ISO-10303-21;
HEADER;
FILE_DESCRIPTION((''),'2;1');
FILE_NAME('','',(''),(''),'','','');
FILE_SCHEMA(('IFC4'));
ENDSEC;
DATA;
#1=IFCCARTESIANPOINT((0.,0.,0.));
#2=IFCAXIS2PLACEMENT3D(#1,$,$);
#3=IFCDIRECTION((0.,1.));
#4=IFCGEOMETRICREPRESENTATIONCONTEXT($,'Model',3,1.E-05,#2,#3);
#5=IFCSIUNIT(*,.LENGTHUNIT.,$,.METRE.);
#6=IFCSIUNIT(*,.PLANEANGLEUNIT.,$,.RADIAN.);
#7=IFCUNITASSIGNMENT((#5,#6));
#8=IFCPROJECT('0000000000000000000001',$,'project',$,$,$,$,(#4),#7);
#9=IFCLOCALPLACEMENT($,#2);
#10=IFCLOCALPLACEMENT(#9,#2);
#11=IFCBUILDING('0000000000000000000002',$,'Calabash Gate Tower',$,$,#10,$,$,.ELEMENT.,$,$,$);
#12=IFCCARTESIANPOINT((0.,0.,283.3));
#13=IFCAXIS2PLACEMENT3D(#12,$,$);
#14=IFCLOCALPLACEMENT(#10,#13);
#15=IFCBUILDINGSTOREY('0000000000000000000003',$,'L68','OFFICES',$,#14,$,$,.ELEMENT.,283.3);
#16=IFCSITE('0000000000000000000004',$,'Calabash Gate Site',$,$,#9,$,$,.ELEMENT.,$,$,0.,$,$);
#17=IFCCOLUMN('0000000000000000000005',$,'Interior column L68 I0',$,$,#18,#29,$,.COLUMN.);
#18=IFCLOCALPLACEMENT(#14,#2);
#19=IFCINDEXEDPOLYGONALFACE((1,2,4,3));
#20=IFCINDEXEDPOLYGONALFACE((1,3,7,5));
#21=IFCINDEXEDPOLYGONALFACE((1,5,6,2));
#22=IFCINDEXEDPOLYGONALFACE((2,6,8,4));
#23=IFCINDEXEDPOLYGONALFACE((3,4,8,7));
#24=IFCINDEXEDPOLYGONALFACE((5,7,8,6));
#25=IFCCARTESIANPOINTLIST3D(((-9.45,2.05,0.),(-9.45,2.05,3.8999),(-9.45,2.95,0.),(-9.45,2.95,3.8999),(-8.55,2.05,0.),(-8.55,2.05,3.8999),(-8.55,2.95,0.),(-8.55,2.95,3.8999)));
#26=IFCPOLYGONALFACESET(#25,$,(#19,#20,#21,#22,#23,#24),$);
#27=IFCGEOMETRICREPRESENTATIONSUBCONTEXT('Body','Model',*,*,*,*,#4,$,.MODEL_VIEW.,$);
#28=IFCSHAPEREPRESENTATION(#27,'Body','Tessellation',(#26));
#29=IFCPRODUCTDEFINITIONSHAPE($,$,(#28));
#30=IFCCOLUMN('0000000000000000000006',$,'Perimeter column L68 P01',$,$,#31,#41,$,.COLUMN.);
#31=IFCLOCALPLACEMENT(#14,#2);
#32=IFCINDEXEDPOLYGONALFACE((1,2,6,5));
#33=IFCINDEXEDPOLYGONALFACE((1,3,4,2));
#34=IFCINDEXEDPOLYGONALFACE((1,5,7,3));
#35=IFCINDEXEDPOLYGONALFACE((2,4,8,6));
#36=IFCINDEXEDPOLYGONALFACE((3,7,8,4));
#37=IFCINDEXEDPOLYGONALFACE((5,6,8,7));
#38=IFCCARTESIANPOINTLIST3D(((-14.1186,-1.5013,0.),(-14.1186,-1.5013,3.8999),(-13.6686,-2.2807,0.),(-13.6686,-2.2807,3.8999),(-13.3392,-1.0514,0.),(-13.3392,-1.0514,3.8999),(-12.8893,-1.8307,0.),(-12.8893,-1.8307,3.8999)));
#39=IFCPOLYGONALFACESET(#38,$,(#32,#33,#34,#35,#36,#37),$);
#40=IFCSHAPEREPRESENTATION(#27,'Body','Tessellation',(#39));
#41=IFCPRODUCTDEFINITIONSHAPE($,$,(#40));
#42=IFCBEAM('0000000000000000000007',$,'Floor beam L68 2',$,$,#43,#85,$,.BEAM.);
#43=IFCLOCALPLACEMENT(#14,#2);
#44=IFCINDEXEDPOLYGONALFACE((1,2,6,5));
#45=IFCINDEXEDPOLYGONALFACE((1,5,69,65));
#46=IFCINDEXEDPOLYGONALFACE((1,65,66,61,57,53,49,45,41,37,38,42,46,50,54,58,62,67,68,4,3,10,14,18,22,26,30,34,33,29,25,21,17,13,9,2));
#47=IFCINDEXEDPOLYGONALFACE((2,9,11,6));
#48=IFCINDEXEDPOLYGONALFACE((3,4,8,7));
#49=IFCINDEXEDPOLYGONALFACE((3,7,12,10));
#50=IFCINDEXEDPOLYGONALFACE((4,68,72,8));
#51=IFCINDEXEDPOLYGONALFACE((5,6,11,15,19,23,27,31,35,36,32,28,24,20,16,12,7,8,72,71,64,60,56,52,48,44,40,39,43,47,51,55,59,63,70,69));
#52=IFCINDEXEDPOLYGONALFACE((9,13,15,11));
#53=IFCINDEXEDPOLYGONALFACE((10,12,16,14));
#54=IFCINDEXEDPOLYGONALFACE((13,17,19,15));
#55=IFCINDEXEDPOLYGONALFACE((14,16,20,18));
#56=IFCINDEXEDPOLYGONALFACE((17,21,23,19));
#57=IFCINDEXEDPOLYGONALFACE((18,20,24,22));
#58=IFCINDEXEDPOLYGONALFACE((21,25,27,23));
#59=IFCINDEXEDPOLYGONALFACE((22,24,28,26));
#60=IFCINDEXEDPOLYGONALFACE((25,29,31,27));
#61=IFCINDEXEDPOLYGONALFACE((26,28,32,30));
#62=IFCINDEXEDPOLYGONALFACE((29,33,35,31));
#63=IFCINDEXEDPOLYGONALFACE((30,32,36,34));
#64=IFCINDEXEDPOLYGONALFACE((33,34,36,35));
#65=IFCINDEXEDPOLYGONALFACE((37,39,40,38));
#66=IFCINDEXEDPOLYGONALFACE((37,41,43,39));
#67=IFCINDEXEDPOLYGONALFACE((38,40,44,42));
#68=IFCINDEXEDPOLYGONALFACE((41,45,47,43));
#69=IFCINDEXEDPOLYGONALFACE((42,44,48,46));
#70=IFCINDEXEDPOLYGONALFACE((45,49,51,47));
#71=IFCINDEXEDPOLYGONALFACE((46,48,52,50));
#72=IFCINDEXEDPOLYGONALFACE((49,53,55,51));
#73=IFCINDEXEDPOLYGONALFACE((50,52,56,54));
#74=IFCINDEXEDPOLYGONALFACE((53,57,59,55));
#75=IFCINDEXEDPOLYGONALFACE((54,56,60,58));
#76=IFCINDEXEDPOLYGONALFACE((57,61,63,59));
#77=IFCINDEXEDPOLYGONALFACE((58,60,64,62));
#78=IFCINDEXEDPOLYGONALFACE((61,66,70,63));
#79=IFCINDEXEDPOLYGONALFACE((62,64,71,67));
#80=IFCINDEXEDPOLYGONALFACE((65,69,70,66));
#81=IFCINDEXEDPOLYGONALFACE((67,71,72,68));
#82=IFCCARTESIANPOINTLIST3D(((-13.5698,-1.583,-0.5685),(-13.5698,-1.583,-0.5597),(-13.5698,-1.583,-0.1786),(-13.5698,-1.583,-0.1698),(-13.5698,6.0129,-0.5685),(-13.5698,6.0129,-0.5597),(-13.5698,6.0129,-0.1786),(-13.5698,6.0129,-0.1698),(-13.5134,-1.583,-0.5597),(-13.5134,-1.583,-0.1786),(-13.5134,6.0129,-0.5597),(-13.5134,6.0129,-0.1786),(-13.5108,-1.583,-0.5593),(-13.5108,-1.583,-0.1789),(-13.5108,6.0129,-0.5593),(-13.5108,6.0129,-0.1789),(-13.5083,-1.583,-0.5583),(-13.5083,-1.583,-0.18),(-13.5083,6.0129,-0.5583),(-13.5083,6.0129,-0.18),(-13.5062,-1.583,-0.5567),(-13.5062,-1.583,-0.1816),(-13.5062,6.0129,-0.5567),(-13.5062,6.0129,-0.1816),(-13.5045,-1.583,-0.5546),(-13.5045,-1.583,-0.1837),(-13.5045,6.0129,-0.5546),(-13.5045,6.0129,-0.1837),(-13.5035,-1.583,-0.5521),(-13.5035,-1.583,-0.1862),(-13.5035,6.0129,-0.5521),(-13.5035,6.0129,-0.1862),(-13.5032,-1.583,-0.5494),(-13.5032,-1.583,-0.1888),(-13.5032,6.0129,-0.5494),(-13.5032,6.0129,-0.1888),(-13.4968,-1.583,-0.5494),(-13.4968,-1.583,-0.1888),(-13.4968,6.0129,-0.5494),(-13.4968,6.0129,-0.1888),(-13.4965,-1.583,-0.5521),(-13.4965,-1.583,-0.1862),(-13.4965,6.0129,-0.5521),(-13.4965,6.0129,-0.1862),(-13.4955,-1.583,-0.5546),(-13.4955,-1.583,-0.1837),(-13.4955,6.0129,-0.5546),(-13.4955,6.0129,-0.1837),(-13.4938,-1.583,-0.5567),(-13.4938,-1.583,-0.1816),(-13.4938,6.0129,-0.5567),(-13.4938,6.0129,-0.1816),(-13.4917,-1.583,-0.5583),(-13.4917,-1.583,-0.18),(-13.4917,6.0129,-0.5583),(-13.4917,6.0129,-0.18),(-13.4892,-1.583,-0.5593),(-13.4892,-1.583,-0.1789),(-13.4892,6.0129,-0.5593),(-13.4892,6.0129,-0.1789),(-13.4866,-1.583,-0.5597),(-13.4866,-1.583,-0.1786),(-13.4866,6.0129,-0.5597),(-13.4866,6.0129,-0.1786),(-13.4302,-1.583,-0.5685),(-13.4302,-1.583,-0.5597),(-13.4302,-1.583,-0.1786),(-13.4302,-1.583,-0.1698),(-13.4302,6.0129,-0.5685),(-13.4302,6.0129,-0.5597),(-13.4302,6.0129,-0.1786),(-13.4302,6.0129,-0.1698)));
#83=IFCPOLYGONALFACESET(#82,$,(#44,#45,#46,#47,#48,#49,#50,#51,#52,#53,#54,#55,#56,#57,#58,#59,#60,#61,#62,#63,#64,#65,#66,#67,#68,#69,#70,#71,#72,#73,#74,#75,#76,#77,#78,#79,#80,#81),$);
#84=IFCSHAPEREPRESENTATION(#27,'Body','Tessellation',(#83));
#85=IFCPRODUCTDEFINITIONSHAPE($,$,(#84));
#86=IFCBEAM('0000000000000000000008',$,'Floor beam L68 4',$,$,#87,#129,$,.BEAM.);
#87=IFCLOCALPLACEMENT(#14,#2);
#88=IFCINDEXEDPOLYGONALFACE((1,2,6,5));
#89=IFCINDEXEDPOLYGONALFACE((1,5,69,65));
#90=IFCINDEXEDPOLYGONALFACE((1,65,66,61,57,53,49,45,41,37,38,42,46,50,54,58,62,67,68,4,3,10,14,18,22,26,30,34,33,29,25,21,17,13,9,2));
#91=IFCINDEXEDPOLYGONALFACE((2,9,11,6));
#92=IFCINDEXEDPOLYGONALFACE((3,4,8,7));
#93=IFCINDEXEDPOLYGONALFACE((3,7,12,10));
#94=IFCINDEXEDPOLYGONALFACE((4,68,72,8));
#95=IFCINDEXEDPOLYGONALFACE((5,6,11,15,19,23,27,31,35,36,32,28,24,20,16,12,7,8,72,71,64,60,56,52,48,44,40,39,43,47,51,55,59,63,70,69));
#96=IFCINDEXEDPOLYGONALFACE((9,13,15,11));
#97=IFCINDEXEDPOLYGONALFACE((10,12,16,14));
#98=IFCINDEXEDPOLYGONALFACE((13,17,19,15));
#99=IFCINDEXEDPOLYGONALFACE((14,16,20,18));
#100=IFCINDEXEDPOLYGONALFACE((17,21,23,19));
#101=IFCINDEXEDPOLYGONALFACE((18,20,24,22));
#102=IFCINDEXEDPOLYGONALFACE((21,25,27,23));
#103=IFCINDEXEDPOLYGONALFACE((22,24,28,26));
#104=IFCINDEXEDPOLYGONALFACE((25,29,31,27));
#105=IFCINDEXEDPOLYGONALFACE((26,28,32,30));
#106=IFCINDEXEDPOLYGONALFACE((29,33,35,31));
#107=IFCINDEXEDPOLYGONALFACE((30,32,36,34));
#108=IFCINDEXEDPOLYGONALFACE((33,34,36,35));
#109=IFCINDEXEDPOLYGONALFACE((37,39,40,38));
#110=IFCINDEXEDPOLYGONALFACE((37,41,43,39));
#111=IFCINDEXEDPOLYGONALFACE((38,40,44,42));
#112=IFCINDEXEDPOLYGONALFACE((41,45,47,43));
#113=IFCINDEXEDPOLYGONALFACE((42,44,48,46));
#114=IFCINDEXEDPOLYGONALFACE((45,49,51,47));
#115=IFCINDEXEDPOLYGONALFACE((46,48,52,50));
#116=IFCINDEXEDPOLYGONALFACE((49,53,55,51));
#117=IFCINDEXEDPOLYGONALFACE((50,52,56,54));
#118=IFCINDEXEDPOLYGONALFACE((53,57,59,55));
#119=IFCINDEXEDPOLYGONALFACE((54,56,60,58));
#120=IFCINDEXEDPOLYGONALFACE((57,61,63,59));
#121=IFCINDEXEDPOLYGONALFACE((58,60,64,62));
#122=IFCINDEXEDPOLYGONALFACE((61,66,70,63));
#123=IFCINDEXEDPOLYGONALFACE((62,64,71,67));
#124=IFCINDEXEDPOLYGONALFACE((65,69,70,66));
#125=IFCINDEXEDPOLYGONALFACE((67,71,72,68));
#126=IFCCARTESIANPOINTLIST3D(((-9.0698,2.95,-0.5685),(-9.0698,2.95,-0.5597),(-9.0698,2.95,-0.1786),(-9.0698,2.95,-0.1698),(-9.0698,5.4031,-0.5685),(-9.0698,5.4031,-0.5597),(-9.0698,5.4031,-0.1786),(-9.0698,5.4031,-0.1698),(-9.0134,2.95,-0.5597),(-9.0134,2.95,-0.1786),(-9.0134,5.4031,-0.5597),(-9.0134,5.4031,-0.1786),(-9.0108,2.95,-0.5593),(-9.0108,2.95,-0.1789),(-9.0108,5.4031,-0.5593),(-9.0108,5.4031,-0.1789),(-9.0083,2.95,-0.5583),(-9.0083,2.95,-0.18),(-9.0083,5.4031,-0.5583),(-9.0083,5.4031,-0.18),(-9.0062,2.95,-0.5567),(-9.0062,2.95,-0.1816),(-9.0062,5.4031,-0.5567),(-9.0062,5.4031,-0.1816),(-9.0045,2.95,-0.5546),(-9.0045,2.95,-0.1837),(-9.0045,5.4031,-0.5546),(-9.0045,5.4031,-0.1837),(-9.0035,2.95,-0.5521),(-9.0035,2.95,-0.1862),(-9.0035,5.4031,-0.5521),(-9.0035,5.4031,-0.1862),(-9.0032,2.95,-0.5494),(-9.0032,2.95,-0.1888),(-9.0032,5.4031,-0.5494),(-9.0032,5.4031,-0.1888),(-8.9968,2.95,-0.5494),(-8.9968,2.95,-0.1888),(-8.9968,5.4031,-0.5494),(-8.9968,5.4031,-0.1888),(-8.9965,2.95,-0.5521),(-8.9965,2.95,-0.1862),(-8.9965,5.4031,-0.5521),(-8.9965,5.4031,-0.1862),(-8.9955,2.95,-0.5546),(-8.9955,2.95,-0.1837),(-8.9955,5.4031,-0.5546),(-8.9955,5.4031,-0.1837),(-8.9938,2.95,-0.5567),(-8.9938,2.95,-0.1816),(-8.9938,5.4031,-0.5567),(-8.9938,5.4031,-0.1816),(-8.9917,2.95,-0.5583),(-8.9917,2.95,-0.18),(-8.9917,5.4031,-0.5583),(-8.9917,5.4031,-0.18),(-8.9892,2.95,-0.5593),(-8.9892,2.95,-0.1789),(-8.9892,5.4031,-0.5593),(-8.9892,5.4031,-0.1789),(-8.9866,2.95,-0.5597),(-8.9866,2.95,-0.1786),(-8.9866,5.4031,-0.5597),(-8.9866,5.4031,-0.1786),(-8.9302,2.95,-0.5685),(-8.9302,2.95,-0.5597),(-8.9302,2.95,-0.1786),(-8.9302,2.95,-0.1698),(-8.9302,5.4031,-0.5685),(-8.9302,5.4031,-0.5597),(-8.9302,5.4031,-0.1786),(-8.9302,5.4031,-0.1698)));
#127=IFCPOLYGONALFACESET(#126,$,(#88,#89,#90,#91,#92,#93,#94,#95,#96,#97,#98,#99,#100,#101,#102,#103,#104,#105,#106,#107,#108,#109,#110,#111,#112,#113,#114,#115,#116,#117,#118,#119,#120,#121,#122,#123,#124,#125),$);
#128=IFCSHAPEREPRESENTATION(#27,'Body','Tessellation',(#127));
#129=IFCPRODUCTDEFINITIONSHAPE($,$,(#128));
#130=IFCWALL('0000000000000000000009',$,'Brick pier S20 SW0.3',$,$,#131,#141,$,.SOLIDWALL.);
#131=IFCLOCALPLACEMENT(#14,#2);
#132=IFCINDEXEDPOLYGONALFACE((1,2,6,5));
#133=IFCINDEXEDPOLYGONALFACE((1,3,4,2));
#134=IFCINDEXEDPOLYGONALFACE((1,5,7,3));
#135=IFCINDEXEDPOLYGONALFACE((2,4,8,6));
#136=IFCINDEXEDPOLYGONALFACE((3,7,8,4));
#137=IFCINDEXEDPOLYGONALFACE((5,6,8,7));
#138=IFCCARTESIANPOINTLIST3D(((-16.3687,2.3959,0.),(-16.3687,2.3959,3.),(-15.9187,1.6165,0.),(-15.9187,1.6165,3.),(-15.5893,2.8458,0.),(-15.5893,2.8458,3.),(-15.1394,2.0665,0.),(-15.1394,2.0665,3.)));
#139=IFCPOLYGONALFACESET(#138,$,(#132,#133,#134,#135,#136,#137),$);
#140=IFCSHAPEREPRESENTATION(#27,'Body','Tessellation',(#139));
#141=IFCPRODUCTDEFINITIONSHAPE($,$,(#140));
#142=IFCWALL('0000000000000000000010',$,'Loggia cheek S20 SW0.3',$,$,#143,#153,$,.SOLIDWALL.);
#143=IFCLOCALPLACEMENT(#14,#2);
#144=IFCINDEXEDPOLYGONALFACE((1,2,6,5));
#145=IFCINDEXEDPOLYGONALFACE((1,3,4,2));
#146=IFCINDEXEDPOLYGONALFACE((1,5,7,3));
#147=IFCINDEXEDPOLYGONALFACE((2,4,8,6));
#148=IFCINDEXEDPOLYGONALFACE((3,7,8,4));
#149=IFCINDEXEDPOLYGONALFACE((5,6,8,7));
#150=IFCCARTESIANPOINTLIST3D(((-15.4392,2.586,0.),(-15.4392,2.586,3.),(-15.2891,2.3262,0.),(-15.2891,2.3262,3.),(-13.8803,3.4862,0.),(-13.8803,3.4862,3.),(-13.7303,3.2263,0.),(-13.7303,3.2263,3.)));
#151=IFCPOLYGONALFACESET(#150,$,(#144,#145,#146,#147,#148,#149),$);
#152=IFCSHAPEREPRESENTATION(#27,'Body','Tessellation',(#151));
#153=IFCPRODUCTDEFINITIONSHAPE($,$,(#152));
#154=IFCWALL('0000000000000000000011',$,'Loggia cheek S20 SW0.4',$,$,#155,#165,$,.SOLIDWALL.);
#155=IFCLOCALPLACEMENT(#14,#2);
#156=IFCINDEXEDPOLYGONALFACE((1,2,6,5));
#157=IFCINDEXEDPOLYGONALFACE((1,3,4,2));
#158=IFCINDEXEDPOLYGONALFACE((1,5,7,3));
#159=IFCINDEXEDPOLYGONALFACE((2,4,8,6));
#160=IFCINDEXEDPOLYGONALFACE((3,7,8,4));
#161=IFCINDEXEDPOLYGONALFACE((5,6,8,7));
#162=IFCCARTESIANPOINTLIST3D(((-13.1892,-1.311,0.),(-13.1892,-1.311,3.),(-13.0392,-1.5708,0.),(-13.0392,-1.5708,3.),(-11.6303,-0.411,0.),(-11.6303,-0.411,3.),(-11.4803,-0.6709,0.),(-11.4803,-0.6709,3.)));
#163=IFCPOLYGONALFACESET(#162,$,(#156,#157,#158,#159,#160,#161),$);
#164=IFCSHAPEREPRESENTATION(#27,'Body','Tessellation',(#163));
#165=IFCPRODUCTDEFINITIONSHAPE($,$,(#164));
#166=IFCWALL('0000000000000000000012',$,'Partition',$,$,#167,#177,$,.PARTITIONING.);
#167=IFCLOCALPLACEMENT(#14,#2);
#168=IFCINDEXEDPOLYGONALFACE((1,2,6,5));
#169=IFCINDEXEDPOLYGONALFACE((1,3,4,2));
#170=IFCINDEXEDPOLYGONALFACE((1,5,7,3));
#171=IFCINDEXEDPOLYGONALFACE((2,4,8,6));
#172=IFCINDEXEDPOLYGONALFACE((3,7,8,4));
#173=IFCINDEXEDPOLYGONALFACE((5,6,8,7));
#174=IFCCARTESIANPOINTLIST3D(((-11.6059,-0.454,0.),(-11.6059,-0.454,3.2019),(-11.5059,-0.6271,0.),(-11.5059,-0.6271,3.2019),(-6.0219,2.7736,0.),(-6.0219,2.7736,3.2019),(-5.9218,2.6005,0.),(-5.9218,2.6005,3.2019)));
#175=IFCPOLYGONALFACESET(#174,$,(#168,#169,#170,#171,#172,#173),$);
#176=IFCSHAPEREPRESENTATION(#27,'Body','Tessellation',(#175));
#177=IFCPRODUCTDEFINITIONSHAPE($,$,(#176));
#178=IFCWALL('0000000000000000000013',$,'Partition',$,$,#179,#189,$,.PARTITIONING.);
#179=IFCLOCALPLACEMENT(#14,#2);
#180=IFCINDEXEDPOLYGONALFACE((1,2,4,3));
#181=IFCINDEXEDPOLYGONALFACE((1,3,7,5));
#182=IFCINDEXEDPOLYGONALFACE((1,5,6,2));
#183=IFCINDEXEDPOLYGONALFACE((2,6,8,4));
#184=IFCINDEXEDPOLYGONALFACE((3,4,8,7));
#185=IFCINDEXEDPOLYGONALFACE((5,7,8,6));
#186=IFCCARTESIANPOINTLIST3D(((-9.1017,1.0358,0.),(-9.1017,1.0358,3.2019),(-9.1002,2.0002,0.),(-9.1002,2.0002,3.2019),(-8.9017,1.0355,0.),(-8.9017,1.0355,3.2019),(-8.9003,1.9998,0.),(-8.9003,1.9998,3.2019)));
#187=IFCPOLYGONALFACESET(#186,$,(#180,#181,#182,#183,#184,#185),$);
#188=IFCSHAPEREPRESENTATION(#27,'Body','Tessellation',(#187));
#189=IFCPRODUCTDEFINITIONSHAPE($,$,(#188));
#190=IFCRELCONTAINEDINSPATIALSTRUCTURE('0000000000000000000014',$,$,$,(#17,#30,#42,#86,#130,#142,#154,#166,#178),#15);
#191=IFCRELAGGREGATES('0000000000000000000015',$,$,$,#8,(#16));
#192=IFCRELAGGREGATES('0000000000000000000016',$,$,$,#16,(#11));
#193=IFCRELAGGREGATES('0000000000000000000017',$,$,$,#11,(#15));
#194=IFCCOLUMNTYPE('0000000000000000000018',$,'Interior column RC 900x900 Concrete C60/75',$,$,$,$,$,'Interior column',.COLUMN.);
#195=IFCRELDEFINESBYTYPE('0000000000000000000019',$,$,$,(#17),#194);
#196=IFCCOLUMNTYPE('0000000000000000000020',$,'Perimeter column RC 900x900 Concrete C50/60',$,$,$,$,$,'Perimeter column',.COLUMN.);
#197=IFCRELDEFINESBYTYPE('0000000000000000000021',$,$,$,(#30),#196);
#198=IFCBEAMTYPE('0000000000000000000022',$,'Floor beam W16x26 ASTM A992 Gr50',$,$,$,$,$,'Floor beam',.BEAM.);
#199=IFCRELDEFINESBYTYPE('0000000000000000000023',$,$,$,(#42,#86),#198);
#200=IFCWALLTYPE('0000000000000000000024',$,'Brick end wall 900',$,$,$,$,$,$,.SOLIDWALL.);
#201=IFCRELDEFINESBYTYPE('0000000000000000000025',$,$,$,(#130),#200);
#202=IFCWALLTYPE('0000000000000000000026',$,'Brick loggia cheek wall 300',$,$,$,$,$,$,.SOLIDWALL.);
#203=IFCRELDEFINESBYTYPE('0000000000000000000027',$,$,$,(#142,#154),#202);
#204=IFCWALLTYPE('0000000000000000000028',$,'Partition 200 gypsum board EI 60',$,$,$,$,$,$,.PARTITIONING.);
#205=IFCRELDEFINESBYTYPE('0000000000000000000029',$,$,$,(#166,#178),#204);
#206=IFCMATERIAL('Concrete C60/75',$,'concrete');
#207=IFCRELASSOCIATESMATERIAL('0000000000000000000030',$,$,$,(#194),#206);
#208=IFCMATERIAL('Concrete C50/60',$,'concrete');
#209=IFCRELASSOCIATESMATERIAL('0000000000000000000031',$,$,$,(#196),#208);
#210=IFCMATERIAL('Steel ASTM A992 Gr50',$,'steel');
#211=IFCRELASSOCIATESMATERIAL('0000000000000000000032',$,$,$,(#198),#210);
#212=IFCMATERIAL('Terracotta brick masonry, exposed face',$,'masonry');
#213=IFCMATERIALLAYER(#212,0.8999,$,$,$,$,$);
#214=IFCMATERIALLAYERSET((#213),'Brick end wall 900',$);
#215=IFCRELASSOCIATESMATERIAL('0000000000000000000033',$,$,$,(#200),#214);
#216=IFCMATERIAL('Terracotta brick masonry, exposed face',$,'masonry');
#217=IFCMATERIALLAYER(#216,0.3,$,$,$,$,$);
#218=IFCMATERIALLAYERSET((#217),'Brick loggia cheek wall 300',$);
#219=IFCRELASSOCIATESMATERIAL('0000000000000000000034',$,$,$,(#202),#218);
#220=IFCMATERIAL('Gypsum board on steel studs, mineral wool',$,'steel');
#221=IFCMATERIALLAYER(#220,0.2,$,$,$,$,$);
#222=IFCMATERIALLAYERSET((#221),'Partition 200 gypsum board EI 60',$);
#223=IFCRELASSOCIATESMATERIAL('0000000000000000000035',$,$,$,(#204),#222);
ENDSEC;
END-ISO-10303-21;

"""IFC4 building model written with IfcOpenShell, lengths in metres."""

from ifc_helpers import new_model, si_unit, direction, frame, frame_2d, origin, origin_2d, place, context, subcontext, project, spatial, rectangle, i_section, extrude, material, layer, layer_set, material_profile, profile_set, type_object, element, save


model = new_model("IFC4")

# Units and contexts
model_context = context("Model", 3, precision=1e-05, world=origin(), true_north=direction((0.0, 1.0)))
body_context = subcontext(model_context, "Body", "Model", "MODEL_VIEW")
ifc_project = project(units=[si_unit("LENGTHUNIT", "METRE"), si_unit("PLANEANGLEUNIT", "RADIAN")], contexts=[model_context])

# Site, building, storey
site_placement = place(None, origin())
site = spatial("IfcSite", under=ifc_project, at=site_placement, Name="Calabash Gate Site", CompositionType="ELEMENT", RefElevation=0.0)
building_placement = place(site_placement, origin())
building = spatial("IfcBuilding", under=site, at=building_placement, Name="Calabash Gate Tower", CompositionType="ELEMENT")
storey_placement = place(building_placement, frame((0.0, 0.0, 283.3)))
storey = spatial("IfcBuildingStorey", under=building, at=storey_placement, Name="L68", Description="OFFICES", CompositionType="ELEMENT", Elevation=283.3)

# Columns
ifc_material_1 = material(Name="Concrete C60/75", Category="concrete")
ifc_material_profile_1 = material_profile(ifc_material_1, rectangle(XDim=0.8999, YDim=0.8999, at=origin_2d()))
ifc_profile_set_1 = profile_set([ifc_material_profile_1], Name="Concrete C60/75")
column_type_1 = type_object("IfcColumnType", Name="Interior column RC 900x900 Concrete C60/75", ElementType="Interior column", PredefinedType="COLUMN", material=ifc_profile_set_1)
column_1_placement = place(storey_placement, frame((-9.0, 2.5, 0.0), z_axis=(0.0, 0.0, 1.0), x_axis=(1.0, 0.0, 0.0)))
element("IfcColumn", 1, at=column_1_placement, inside=storey, type_object=column_type_1, Name="Interior column L68 I0", PredefinedType="COLUMN", context=body_context, shape_type="SweptSolid", body=[
    extrude(rectangle(XDim=0.8999, YDim=0.8999, at=origin_2d()), origin(), (0.0, 0.0, 1.0), 3.8999),
])
ifc_material_2 = material(Name="Concrete C50/60", Category="concrete")
ifc_material_profile_2 = material_profile(ifc_material_2, rectangle(XDim=0.8999, YDim=0.8999, at=origin_2d()))
ifc_profile_set_2 = profile_set([ifc_material_profile_2], Name="Concrete C50/60")
column_type_2 = type_object("IfcColumnType", Name="Perimeter column RC 900x900 Concrete C50/60", ElementType="Perimeter column", PredefinedType="COLUMN", material=ifc_profile_set_2)
column_2_placement = place(storey_placement, frame((-13.5039, -1.666, 0.0), z_axis=(0.0, 0.0, 1.0), x_axis=(0.5, -0.866025, 0.0)))
element("IfcColumn", 2, at=column_2_placement, inside=storey, type_object=column_type_2, Name="Perimeter column L68 P01", PredefinedType="COLUMN", context=body_context, shape_type="SweptSolid", body=[
    extrude(rectangle(XDim=0.8999, YDim=0.8999, at=origin_2d()), origin(), (0.0, 0.0, 1.0), 3.8999),
])

# Beams
ifc_material_3 = material(Name="Steel ASTM A992 Gr50", Category="steel")
ifc_material_profile_3 = material_profile(ifc_material_3, i_section(OverallWidth=0.1396, OverallDepth=0.3987, WebThickness=0.0063, FlangeThickness=0.0088, FilletRadius=0.0103, at=origin_2d()))
ifc_profile_set_3 = profile_set([ifc_material_profile_3], Name="Steel ASTM A992 Gr50")
beam_type = type_object("IfcBeamType", Name="Floor beam W16x26 ASTM A992 Gr50", ElementType="Floor beam", PredefinedType="BEAM", material=ifc_profile_set_3)
beam_1_placement = place(storey_placement, frame((-13.5, -1.583, -0.3691), z_axis=(0.0, 1.0, 0.0), x_axis=(-1.0, 0.0, 0.0)))
element("IfcBeam", 3, at=beam_1_placement, inside=storey, type_object=beam_type, Name="Floor beam L68 2", PredefinedType="BEAM", context=body_context, shape_type="SweptSolid", body=[
    extrude(i_section(OverallWidth=0.1396, OverallDepth=0.3987, WebThickness=0.0063, FlangeThickness=0.0088, FilletRadius=0.0103, at=origin_2d()), origin(), (0.0, 0.0, 1.0), 7.5959),
])
beam_2_placement = place(storey_placement, frame((-9.0, 2.95, -0.3691), z_axis=(0.0, 1.0, 0.0), x_axis=(-1.0, 0.0, 0.0)))
element("IfcBeam", 4, at=beam_2_placement, inside=storey, type_object=beam_type, Name="Floor beam L68 4", PredefinedType="BEAM", context=body_context, shape_type="SweptSolid", body=[
    extrude(i_section(OverallWidth=0.1396, OverallDepth=0.3987, WebThickness=0.0063, FlangeThickness=0.0088, FilletRadius=0.0103, at=origin_2d()), origin(), (0.0, 0.0, 1.0), 2.4531),
])

# Walls
ifc_material_4 = material(Name="Terracotta brick masonry, exposed face", Category="masonry")
ifc_layer_1 = layer(ifc_material_4, 0.8999)
ifc_layer_set_1 = layer_set([ifc_layer_1], Name="Brick end wall 900")
wall_type_1 = type_object("IfcWallType", Name="Brick end wall 900", PredefinedType="SOLIDWALL", material=ifc_layer_set_1)
wall_1_placement = place(storey_placement, frame((-15.979, 2.6208, 0.0), z_axis=(0.0, 0.0, 1.0), x_axis=(0.50002, -0.866014, 0.0)))
element("IfcWall", 5, at=wall_1_placement, inside=storey, type_object=wall_type_1, Name="Brick pier S20 SW0.3", PredefinedType="SOLIDWALL", context=body_context, shape_type="SweptSolid", body=[
    extrude(rectangle(XDim=0.8999, YDim=0.8999, at=frame_2d((0.45, 0.0))), origin(), (0.0, 0.0, 1.0), 3.0),
])
ifc_material_5 = material(Name="Terracotta brick masonry, exposed face", Category="masonry")
ifc_layer_2 = layer(ifc_material_5, 0.3)
ifc_layer_set_2 = layer_set([ifc_layer_2], Name="Brick loggia cheek wall 300")
wall_type_2 = type_object("IfcWallType", Name="Brick loggia cheek wall 300", PredefinedType="SOLIDWALL", material=ifc_layer_set_2)
for number, where, z_axis, x_axis, name in (
    (6, (-13.8054, 3.3562, 0.0), (0.0, 0.0, 1.0), (-0.865989, -0.500063, 0.0), "Loggia cheek S20 SW0.3"),
    (7, (-11.5554, -0.541, 0.0), (0.0, 0.0, 1.0), (-0.866048, -0.499961, 0.0), "Loggia cheek S20 SW0.4"),
):
    element("IfcWall", number, at=place(storey_placement, frame(where, z_axis=z_axis, x_axis=x_axis)), inside=storey, type_object=wall_type_2, Name=name, PredefinedType="SOLIDWALL", context=body_context, shape_type="SweptSolid", body=[
        extrude(rectangle(XDim=1.8, YDim=0.3, at=frame_2d((0.8999, 0.0))), origin(), (0.0, 0.0, 1.0), 3.0),
    ])
ifc_material_6 = material(Name="Gypsum board on steel studs, mineral wool", Category="steel")
ifc_layer_3 = layer(ifc_material_6, 0.2)
ifc_layer_set_3 = layer_set([ifc_layer_3], Name="Partition 200 gypsum board EI 60")
wall_type_3 = type_object("IfcWallType", Name="Partition 200 gypsum board EI 60", PredefinedType="PARTITIONING", material=ifc_layer_set_3)
wall_2_placement = place(storey_placement, frame((-11.5559, -0.5405, 0.0), z_axis=(0.0, 0.0, 1.0), x_axis=(0.865782, 0.500421, 0.0)))
element("IfcWall", 8, at=wall_2_placement, inside=storey, type_object=wall_type_3, Name="Partition", PredefinedType="PARTITIONING", context=body_context, shape_type="SweptSolid", body=[
    extrude(rectangle(XDim=6.4497, YDim=0.2, at=frame_2d((3.2249, 0.0))), origin(), (0.0, 0.0, 1.0), 3.2019),
])
wall_3_placement = place(storey_placement, frame((-9.0017, 1.0356, 0.0), z_axis=(0.0, 0.0, 1.0), x_axis=(0.001519, 0.999999, 0.0)))
element("IfcWall", 9, at=wall_3_placement, inside=storey, type_object=wall_type_3, Name="Partition", PredefinedType="PARTITIONING", context=body_context, shape_type="SweptSolid", body=[
    extrude(rectangle(XDim=0.9644, YDim=0.2, at=frame_2d((0.4822, 0.0))), origin(), (0.0, 0.0, 1.0), 3.2019),
])

save(model, "model.ifc")
